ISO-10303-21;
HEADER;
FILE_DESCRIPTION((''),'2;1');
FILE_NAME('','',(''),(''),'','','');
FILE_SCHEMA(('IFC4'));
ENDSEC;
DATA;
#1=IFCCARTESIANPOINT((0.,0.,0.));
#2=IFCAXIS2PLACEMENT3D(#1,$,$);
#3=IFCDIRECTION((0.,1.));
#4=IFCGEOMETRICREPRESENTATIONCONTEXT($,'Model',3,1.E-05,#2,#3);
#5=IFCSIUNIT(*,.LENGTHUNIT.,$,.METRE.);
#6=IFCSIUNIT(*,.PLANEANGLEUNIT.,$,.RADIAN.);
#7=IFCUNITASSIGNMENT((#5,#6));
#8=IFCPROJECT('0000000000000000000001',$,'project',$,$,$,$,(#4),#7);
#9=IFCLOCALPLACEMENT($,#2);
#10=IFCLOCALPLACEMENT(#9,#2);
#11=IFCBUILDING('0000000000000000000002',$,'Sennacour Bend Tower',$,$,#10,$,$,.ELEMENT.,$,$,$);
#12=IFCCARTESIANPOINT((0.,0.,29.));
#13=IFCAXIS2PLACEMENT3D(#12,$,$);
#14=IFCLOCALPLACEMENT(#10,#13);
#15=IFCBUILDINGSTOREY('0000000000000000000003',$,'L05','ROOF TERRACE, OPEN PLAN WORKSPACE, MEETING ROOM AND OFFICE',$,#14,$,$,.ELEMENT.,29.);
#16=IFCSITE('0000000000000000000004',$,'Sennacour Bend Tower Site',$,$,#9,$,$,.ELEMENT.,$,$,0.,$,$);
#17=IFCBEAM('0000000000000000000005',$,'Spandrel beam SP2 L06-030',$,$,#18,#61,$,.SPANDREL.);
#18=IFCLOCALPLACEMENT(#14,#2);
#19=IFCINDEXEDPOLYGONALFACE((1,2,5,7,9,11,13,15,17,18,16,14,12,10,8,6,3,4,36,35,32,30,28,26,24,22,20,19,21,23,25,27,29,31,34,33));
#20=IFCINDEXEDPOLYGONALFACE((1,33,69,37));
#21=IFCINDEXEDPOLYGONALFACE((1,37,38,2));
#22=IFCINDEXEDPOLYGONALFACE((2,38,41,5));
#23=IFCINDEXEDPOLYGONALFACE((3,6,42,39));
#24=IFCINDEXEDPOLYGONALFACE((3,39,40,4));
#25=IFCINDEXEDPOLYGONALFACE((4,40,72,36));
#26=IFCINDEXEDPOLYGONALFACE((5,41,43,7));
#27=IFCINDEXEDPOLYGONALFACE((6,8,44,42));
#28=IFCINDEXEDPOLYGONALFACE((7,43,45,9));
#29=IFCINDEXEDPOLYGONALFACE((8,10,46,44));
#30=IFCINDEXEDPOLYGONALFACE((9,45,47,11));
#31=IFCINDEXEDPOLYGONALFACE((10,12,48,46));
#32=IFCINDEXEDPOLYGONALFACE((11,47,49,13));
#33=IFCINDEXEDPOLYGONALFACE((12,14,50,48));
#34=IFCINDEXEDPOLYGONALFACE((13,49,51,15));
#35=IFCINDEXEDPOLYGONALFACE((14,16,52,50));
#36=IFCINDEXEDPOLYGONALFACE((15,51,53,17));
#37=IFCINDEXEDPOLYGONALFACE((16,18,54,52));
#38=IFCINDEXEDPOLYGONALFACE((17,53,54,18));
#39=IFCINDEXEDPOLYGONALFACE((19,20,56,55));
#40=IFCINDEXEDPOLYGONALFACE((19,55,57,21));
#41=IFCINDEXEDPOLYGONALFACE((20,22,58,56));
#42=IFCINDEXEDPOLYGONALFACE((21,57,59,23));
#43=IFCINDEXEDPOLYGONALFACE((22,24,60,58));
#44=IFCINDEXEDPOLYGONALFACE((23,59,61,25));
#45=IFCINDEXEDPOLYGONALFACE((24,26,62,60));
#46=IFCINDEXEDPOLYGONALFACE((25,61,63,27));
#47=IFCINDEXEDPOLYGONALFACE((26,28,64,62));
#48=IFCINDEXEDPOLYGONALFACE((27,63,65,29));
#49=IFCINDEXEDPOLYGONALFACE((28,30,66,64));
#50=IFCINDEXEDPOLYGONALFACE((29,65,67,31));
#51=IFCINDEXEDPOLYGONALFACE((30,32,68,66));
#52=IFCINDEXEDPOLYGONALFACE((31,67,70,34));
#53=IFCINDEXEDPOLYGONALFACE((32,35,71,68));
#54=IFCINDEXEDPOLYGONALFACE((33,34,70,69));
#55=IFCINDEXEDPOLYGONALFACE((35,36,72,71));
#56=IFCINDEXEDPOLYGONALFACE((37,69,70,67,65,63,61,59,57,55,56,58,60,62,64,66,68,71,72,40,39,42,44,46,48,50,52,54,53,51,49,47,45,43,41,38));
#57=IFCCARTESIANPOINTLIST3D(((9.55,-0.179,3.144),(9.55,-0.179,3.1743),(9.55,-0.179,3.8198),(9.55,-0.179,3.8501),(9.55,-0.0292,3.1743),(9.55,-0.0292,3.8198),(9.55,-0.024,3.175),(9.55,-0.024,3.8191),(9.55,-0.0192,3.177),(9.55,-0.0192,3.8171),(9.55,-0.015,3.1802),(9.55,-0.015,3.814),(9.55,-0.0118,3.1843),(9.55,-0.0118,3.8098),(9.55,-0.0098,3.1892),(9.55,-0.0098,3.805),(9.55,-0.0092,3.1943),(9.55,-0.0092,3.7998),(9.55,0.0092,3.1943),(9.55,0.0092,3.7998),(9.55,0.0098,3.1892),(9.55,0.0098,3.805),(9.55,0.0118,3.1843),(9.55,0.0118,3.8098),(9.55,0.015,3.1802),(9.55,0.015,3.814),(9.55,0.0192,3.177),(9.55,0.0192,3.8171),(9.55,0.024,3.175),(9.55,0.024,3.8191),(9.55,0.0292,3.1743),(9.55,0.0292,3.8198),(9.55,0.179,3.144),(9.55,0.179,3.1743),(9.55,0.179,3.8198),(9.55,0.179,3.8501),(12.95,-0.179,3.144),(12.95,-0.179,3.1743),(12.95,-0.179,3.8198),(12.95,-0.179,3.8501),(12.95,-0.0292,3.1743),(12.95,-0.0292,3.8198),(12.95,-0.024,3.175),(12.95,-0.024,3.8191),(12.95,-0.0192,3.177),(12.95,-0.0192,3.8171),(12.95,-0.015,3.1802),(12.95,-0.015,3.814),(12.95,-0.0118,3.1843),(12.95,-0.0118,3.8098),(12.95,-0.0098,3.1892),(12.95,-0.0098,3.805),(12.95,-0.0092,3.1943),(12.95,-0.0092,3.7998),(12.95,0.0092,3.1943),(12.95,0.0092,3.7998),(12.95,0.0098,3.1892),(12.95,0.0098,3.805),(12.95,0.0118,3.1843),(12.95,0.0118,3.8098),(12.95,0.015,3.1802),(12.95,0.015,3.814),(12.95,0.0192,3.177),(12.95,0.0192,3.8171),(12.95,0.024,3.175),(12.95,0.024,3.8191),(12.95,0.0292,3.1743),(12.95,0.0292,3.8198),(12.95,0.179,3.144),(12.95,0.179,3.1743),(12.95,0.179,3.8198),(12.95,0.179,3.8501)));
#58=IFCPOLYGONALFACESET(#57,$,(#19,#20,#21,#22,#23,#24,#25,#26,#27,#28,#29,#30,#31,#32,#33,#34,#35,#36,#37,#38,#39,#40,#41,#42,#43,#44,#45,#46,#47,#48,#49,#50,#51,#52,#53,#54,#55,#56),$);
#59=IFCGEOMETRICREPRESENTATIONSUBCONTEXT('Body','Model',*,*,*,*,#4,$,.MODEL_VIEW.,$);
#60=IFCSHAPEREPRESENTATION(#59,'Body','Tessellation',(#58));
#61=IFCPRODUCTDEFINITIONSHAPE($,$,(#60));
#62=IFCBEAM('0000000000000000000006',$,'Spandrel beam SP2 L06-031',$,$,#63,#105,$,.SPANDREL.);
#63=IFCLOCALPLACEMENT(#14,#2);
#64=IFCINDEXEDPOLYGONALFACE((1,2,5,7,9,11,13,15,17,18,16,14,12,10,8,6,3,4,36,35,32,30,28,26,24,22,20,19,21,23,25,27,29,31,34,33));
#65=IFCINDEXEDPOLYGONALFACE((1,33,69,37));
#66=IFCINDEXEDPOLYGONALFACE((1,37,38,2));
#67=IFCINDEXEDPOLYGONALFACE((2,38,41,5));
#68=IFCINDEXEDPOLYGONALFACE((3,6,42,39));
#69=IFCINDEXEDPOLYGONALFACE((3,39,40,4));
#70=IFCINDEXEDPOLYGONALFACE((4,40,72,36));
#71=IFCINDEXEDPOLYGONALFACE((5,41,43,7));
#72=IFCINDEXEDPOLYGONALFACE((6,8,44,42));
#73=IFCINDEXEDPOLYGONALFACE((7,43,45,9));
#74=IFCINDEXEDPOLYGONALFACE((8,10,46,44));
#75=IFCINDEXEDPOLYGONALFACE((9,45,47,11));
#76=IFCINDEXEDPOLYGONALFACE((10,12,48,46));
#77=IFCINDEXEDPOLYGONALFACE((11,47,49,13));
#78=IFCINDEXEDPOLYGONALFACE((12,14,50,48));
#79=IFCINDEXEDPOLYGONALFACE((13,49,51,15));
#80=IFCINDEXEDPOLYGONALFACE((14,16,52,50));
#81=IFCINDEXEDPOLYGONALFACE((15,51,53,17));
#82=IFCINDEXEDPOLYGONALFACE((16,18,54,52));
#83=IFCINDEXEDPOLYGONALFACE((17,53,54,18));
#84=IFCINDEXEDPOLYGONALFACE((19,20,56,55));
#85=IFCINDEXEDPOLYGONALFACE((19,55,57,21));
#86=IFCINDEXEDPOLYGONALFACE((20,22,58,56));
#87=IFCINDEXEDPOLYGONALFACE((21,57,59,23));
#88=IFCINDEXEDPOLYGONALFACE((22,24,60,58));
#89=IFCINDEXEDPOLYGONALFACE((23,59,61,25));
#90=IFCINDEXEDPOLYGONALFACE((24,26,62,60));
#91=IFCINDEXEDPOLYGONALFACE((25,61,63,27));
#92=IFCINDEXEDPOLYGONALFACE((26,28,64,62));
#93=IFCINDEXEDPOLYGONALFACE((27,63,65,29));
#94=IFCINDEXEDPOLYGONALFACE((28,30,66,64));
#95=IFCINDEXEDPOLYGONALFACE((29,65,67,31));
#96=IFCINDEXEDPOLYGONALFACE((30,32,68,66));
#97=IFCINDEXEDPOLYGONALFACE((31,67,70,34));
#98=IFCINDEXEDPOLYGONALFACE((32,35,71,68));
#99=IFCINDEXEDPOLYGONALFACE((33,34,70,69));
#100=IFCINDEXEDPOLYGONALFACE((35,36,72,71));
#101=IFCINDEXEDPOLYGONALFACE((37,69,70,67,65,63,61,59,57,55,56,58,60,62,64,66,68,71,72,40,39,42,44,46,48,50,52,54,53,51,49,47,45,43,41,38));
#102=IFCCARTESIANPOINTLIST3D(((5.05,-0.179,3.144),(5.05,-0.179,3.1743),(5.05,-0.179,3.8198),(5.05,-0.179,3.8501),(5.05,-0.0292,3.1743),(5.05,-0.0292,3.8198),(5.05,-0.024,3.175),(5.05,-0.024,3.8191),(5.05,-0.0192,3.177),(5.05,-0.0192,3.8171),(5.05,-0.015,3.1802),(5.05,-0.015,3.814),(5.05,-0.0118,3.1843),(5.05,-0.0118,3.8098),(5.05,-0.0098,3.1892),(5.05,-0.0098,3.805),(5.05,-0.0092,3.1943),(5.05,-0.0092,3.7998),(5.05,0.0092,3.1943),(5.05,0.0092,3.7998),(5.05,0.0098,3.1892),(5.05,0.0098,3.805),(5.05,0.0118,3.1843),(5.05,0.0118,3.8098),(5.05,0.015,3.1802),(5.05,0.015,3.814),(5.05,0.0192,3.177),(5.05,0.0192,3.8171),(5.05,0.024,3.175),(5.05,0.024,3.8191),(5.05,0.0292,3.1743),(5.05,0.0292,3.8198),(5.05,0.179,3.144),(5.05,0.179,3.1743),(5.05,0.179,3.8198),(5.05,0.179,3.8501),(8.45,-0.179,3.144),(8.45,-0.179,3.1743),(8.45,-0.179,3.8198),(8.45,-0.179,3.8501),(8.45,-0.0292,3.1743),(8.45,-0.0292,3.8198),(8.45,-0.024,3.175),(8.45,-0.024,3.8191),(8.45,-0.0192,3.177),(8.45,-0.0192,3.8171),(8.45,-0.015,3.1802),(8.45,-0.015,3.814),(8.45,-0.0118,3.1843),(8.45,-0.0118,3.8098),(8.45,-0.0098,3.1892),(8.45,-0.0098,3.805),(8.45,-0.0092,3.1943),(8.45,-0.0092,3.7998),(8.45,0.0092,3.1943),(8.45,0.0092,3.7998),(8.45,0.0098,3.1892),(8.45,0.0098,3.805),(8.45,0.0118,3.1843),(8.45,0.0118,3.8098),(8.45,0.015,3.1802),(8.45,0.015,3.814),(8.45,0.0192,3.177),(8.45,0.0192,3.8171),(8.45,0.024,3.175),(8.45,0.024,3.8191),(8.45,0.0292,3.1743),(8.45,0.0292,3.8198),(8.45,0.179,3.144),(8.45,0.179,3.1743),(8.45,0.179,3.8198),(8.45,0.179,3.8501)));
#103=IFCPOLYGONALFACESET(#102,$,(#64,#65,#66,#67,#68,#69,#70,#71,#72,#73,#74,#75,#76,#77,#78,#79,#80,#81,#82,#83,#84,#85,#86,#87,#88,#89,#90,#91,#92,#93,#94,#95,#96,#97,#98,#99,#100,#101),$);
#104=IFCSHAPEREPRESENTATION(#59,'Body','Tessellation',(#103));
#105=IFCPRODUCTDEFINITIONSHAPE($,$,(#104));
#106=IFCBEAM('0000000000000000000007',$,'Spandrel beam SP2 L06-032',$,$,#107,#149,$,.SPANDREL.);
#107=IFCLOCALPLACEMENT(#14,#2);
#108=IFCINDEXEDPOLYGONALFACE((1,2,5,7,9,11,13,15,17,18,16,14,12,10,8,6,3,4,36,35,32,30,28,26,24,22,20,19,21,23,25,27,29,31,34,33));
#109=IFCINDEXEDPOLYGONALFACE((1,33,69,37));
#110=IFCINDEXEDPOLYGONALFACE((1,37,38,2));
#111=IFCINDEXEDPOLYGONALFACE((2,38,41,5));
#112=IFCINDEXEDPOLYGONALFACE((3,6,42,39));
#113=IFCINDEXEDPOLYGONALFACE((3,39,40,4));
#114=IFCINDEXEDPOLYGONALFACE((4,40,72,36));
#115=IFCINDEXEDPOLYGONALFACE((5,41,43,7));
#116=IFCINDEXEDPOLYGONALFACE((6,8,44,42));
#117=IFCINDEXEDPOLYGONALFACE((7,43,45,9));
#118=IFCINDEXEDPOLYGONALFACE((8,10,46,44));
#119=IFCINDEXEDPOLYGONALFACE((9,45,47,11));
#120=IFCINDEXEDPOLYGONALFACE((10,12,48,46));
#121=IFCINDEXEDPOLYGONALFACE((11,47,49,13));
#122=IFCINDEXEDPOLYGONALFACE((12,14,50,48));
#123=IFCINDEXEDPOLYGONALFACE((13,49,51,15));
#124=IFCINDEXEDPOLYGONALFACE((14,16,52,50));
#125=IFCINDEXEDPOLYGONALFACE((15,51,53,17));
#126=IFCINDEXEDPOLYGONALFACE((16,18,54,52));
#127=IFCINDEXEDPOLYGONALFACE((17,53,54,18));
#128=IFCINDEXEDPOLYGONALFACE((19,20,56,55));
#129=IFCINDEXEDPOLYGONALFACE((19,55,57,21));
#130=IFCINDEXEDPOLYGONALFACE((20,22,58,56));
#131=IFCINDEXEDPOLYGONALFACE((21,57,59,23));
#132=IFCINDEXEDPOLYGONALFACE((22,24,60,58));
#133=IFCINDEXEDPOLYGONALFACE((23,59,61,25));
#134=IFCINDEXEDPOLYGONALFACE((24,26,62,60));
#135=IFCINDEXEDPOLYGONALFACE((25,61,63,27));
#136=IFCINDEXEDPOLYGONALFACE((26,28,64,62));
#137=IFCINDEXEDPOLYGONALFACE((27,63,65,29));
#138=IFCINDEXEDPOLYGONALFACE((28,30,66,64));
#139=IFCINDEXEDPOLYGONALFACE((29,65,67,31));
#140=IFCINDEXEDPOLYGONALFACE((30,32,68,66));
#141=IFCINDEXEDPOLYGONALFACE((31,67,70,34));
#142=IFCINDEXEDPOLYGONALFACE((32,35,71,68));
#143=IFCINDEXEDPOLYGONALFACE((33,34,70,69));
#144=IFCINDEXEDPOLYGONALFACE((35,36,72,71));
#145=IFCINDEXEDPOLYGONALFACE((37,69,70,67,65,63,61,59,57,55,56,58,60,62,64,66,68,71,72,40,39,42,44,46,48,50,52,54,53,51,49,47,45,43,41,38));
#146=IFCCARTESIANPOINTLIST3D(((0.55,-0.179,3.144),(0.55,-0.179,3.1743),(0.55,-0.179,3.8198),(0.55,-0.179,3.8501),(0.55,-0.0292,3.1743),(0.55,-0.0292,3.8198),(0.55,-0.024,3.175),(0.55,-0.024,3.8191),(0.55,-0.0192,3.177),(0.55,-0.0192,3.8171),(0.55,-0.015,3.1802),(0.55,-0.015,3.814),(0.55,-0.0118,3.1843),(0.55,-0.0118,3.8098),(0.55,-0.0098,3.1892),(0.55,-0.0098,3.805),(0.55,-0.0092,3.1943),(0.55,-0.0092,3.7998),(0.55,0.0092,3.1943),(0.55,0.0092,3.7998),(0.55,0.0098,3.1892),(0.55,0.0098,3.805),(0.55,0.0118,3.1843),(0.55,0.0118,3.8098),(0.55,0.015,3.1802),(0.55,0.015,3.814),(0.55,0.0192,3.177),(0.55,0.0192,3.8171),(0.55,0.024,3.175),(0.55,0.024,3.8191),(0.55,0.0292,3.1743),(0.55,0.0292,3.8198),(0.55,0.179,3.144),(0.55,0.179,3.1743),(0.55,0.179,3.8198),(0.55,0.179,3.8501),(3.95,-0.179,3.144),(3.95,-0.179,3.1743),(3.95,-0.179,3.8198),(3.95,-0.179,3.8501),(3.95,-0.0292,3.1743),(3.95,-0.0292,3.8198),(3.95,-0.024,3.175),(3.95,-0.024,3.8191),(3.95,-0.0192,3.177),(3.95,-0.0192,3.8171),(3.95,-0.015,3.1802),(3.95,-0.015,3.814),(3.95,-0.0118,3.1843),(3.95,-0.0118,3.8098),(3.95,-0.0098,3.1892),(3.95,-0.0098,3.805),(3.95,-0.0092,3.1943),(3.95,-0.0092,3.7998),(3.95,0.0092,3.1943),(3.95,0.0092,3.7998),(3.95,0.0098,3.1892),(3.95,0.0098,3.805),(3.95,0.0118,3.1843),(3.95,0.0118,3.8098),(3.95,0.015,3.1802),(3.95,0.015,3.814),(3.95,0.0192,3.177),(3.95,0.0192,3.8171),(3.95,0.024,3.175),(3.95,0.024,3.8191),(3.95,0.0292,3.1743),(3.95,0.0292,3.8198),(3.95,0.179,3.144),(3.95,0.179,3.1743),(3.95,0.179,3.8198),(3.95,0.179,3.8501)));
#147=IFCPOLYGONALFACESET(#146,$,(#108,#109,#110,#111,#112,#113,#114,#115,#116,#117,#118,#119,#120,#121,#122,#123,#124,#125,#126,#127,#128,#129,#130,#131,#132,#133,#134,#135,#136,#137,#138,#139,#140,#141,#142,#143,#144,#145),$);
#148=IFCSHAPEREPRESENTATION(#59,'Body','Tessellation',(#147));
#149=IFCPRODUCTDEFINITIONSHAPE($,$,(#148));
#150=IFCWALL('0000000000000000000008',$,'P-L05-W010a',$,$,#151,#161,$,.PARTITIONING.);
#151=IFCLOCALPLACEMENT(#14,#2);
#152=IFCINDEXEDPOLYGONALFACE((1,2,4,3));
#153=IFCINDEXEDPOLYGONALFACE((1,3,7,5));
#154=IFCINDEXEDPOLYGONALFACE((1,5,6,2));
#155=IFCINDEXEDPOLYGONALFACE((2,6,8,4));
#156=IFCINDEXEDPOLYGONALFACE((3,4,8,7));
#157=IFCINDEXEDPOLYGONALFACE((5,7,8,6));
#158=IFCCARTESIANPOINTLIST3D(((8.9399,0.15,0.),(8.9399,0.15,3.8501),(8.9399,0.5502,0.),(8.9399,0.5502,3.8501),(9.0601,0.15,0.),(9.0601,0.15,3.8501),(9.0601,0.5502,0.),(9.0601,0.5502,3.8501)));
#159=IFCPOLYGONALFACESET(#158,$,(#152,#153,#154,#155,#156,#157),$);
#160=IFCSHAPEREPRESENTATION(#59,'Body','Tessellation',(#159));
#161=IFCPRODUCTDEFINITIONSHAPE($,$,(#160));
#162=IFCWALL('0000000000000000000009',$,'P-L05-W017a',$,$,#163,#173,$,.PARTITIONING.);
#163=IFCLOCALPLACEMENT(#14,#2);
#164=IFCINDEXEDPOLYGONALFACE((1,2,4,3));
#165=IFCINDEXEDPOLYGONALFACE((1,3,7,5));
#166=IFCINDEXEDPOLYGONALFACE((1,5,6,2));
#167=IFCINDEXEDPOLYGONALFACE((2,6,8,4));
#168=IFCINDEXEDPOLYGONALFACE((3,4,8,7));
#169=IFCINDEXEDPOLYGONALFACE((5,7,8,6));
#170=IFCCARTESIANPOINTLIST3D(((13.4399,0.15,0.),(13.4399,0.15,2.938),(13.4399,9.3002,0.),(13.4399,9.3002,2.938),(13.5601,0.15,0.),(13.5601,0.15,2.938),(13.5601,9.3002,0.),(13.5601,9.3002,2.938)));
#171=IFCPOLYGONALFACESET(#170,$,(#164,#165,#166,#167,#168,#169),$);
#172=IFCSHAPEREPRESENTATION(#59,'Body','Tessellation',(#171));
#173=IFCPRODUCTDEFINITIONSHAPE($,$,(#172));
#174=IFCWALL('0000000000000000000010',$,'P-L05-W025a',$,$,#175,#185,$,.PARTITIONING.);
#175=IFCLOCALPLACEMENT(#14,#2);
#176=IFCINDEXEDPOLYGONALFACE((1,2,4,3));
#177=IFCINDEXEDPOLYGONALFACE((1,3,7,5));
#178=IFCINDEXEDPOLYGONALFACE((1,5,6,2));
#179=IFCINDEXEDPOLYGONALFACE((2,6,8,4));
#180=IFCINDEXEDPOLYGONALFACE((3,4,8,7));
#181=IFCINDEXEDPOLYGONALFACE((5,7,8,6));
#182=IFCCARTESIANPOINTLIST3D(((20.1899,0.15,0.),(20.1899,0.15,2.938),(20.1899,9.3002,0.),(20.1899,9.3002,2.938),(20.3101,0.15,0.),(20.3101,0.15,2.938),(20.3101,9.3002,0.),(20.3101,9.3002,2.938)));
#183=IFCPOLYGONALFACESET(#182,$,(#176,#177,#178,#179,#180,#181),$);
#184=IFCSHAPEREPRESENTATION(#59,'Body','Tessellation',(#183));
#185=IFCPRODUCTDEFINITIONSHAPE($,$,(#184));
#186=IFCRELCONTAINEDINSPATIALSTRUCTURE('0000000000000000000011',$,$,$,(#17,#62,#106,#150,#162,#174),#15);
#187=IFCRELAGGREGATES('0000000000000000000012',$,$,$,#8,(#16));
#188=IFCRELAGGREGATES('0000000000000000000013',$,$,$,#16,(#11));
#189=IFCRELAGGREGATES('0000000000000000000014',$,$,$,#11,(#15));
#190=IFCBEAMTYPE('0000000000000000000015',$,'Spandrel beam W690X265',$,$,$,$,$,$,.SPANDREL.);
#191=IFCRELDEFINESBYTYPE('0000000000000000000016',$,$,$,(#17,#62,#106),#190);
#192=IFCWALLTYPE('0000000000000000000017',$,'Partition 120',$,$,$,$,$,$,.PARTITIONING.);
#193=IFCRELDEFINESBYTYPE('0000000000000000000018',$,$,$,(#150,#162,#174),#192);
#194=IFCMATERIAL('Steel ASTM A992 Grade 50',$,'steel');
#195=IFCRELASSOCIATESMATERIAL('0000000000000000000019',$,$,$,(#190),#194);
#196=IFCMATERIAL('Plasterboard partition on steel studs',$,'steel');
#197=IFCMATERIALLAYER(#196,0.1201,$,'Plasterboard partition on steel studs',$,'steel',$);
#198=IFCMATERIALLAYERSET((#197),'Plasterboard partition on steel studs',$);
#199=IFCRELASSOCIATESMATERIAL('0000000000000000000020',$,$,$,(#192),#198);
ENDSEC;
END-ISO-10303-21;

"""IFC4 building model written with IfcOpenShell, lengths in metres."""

from ifc_helpers import new_model, si_unit, direction, frame, frame_2d, origin, origin_2d, place, context, subcontext, project, spatial, rectangle, i_section, extrude, material, layer, layer_set, material_profile, profile_set, type_object, element, save


model = new_model("IFC4")

# Units and contexts
model_context = context("Model", 3, precision=1e-05, world=origin(), true_north=direction((0.0, 1.0)))
body_context = subcontext(model_context, "Body", "Model", "MODEL_VIEW")
ifc_project = project(units=[si_unit("LENGTHUNIT", "METRE"), si_unit("PLANEANGLEUNIT", "RADIAN")], contexts=[model_context])

# Site, building, storey
site_placement = place(None, origin())
site = spatial("IfcSite", under=ifc_project, at=site_placement, Name="Sennacour Bend Tower Site", CompositionType="ELEMENT", RefElevation=0.0)
building_placement = place(site_placement, origin())
building = spatial("IfcBuilding", under=site, at=building_placement, Name="Sennacour Bend Tower", CompositionType="ELEMENT")
storey_placement = place(building_placement, frame((0.0, 0.0, 29.0)))
storey = spatial("IfcBuildingStorey", under=building, at=storey_placement, Name="L05", Description="ROOF TERRACE, OPEN PLAN WORKSPACE, MEETING ROOM AND OFFICE", CompositionType="ELEMENT", Elevation=29.0)

# Beams
ifc_material_1 = material(Name="Steel ASTM A992 Grade 50", Category="steel")
ifc_material_profile_1 = material_profile(ifc_material_1, i_section(OverallWidth=0.3579, OverallDepth=0.7061, WebThickness=0.0183, FlangeThickness=0.0303, FilletRadius=0.02, at=origin_2d()), Name="Steel ASTM A992 Grade 50", Category="steel")
ifc_profile_set_1 = profile_set([ifc_material_profile_1], Name="Steel ASTM A992 Grade 50")
beam_type_1 = type_object("IfcBeamType", Name="Spandrel beam W690X265", PredefinedType="SPANDREL", material=ifc_profile_set_1)
for number, where, z_axis, x_axis, name in (
    (1, (12.95, 0.0, 3.4971), (-1.0, 0.0, 0.0), (0.0, -1.0, 0.0), "Spandrel beam SP2 L06-030"),
    (2, (8.45, 0.0, 3.4971), (-1.0, 0.0, 0.0), (0.0, -1.0, 0.0), "Spandrel beam SP2 L06-031"),
    (3, (3.95, 0.0, 3.4971), (-1.0, 0.0, 0.0), (0.0, -1.0, 0.0), "Spandrel beam SP2 L06-032"),
):
    element("IfcBeam", number, at=place(storey_placement, frame(where, z_axis=z_axis, x_axis=x_axis)), inside=storey, type_object=beam_type_1, Name=name, PredefinedType="SPANDREL", context=body_context, shape_type="SweptSolid", body=[
        extrude(i_section(OverallWidth=0.3579, OverallDepth=0.7061, WebThickness=0.0183, FlangeThickness=0.0303, FilletRadius=0.02, at=origin_2d()), origin(), (0.0, 0.0, 1.0), 3.3999),
    ])

# Walls
ifc_material_2 = material(Name="Plasterboard partition on steel studs", Category="steel")
ifc_layer_1 = layer(ifc_material_2, 0.1201, Name="Plasterboard partition on steel studs", Category="steel")
ifc_layer_set_1 = layer_set([ifc_layer_1], Name="Plasterboard partition on steel studs")
wall_type_1 = type_object("IfcWallType", Name="Partition 120", PredefinedType="PARTITIONING", material=ifc_layer_set_1)
wall_1_placement = place(storey_placement, frame((9.0, 0.1499, 0.0), z_axis=(0.0, 0.0, 1.0), x_axis=(0.0, 1.0, 0.0)))
element("IfcWall", 4, at=wall_1_placement, inside=storey, type_object=wall_type_1, Name="P-L05-W010a", PredefinedType="PARTITIONING", context=body_context, shape_type="SweptSolid", body=[
    extrude(rectangle(XDim=0.4001, YDim=0.1201, at=frame_2d((0.2002, 0.0))), origin(), (0.0, 0.0, 1.0), 3.8501),
])
for number, where, z_axis, x_axis, name in (
    (5, (13.5, 0.1499, 0.0), (0.0, 0.0, 1.0), (0.0, 1.0, 0.0), "P-L05-W017a"),
    (6, (20.25, 0.1499, 0.0), (0.0, 0.0, 1.0), (0.0, 1.0, 0.0), "P-L05-W025a"),
):
    element("IfcWall", number, at=place(storey_placement, frame(where, z_axis=z_axis, x_axis=x_axis)), inside=storey, type_object=wall_type_1, Name=name, PredefinedType="PARTITIONING", context=body_context, shape_type="SweptSolid", body=[
        extrude(rectangle(XDim=9.1501, YDim=0.1201, at=frame_2d((4.5752, 0.0))), origin(), (0.0, 0.0, 1.0), 2.938),
    ])

save(model, "model.ifc")
